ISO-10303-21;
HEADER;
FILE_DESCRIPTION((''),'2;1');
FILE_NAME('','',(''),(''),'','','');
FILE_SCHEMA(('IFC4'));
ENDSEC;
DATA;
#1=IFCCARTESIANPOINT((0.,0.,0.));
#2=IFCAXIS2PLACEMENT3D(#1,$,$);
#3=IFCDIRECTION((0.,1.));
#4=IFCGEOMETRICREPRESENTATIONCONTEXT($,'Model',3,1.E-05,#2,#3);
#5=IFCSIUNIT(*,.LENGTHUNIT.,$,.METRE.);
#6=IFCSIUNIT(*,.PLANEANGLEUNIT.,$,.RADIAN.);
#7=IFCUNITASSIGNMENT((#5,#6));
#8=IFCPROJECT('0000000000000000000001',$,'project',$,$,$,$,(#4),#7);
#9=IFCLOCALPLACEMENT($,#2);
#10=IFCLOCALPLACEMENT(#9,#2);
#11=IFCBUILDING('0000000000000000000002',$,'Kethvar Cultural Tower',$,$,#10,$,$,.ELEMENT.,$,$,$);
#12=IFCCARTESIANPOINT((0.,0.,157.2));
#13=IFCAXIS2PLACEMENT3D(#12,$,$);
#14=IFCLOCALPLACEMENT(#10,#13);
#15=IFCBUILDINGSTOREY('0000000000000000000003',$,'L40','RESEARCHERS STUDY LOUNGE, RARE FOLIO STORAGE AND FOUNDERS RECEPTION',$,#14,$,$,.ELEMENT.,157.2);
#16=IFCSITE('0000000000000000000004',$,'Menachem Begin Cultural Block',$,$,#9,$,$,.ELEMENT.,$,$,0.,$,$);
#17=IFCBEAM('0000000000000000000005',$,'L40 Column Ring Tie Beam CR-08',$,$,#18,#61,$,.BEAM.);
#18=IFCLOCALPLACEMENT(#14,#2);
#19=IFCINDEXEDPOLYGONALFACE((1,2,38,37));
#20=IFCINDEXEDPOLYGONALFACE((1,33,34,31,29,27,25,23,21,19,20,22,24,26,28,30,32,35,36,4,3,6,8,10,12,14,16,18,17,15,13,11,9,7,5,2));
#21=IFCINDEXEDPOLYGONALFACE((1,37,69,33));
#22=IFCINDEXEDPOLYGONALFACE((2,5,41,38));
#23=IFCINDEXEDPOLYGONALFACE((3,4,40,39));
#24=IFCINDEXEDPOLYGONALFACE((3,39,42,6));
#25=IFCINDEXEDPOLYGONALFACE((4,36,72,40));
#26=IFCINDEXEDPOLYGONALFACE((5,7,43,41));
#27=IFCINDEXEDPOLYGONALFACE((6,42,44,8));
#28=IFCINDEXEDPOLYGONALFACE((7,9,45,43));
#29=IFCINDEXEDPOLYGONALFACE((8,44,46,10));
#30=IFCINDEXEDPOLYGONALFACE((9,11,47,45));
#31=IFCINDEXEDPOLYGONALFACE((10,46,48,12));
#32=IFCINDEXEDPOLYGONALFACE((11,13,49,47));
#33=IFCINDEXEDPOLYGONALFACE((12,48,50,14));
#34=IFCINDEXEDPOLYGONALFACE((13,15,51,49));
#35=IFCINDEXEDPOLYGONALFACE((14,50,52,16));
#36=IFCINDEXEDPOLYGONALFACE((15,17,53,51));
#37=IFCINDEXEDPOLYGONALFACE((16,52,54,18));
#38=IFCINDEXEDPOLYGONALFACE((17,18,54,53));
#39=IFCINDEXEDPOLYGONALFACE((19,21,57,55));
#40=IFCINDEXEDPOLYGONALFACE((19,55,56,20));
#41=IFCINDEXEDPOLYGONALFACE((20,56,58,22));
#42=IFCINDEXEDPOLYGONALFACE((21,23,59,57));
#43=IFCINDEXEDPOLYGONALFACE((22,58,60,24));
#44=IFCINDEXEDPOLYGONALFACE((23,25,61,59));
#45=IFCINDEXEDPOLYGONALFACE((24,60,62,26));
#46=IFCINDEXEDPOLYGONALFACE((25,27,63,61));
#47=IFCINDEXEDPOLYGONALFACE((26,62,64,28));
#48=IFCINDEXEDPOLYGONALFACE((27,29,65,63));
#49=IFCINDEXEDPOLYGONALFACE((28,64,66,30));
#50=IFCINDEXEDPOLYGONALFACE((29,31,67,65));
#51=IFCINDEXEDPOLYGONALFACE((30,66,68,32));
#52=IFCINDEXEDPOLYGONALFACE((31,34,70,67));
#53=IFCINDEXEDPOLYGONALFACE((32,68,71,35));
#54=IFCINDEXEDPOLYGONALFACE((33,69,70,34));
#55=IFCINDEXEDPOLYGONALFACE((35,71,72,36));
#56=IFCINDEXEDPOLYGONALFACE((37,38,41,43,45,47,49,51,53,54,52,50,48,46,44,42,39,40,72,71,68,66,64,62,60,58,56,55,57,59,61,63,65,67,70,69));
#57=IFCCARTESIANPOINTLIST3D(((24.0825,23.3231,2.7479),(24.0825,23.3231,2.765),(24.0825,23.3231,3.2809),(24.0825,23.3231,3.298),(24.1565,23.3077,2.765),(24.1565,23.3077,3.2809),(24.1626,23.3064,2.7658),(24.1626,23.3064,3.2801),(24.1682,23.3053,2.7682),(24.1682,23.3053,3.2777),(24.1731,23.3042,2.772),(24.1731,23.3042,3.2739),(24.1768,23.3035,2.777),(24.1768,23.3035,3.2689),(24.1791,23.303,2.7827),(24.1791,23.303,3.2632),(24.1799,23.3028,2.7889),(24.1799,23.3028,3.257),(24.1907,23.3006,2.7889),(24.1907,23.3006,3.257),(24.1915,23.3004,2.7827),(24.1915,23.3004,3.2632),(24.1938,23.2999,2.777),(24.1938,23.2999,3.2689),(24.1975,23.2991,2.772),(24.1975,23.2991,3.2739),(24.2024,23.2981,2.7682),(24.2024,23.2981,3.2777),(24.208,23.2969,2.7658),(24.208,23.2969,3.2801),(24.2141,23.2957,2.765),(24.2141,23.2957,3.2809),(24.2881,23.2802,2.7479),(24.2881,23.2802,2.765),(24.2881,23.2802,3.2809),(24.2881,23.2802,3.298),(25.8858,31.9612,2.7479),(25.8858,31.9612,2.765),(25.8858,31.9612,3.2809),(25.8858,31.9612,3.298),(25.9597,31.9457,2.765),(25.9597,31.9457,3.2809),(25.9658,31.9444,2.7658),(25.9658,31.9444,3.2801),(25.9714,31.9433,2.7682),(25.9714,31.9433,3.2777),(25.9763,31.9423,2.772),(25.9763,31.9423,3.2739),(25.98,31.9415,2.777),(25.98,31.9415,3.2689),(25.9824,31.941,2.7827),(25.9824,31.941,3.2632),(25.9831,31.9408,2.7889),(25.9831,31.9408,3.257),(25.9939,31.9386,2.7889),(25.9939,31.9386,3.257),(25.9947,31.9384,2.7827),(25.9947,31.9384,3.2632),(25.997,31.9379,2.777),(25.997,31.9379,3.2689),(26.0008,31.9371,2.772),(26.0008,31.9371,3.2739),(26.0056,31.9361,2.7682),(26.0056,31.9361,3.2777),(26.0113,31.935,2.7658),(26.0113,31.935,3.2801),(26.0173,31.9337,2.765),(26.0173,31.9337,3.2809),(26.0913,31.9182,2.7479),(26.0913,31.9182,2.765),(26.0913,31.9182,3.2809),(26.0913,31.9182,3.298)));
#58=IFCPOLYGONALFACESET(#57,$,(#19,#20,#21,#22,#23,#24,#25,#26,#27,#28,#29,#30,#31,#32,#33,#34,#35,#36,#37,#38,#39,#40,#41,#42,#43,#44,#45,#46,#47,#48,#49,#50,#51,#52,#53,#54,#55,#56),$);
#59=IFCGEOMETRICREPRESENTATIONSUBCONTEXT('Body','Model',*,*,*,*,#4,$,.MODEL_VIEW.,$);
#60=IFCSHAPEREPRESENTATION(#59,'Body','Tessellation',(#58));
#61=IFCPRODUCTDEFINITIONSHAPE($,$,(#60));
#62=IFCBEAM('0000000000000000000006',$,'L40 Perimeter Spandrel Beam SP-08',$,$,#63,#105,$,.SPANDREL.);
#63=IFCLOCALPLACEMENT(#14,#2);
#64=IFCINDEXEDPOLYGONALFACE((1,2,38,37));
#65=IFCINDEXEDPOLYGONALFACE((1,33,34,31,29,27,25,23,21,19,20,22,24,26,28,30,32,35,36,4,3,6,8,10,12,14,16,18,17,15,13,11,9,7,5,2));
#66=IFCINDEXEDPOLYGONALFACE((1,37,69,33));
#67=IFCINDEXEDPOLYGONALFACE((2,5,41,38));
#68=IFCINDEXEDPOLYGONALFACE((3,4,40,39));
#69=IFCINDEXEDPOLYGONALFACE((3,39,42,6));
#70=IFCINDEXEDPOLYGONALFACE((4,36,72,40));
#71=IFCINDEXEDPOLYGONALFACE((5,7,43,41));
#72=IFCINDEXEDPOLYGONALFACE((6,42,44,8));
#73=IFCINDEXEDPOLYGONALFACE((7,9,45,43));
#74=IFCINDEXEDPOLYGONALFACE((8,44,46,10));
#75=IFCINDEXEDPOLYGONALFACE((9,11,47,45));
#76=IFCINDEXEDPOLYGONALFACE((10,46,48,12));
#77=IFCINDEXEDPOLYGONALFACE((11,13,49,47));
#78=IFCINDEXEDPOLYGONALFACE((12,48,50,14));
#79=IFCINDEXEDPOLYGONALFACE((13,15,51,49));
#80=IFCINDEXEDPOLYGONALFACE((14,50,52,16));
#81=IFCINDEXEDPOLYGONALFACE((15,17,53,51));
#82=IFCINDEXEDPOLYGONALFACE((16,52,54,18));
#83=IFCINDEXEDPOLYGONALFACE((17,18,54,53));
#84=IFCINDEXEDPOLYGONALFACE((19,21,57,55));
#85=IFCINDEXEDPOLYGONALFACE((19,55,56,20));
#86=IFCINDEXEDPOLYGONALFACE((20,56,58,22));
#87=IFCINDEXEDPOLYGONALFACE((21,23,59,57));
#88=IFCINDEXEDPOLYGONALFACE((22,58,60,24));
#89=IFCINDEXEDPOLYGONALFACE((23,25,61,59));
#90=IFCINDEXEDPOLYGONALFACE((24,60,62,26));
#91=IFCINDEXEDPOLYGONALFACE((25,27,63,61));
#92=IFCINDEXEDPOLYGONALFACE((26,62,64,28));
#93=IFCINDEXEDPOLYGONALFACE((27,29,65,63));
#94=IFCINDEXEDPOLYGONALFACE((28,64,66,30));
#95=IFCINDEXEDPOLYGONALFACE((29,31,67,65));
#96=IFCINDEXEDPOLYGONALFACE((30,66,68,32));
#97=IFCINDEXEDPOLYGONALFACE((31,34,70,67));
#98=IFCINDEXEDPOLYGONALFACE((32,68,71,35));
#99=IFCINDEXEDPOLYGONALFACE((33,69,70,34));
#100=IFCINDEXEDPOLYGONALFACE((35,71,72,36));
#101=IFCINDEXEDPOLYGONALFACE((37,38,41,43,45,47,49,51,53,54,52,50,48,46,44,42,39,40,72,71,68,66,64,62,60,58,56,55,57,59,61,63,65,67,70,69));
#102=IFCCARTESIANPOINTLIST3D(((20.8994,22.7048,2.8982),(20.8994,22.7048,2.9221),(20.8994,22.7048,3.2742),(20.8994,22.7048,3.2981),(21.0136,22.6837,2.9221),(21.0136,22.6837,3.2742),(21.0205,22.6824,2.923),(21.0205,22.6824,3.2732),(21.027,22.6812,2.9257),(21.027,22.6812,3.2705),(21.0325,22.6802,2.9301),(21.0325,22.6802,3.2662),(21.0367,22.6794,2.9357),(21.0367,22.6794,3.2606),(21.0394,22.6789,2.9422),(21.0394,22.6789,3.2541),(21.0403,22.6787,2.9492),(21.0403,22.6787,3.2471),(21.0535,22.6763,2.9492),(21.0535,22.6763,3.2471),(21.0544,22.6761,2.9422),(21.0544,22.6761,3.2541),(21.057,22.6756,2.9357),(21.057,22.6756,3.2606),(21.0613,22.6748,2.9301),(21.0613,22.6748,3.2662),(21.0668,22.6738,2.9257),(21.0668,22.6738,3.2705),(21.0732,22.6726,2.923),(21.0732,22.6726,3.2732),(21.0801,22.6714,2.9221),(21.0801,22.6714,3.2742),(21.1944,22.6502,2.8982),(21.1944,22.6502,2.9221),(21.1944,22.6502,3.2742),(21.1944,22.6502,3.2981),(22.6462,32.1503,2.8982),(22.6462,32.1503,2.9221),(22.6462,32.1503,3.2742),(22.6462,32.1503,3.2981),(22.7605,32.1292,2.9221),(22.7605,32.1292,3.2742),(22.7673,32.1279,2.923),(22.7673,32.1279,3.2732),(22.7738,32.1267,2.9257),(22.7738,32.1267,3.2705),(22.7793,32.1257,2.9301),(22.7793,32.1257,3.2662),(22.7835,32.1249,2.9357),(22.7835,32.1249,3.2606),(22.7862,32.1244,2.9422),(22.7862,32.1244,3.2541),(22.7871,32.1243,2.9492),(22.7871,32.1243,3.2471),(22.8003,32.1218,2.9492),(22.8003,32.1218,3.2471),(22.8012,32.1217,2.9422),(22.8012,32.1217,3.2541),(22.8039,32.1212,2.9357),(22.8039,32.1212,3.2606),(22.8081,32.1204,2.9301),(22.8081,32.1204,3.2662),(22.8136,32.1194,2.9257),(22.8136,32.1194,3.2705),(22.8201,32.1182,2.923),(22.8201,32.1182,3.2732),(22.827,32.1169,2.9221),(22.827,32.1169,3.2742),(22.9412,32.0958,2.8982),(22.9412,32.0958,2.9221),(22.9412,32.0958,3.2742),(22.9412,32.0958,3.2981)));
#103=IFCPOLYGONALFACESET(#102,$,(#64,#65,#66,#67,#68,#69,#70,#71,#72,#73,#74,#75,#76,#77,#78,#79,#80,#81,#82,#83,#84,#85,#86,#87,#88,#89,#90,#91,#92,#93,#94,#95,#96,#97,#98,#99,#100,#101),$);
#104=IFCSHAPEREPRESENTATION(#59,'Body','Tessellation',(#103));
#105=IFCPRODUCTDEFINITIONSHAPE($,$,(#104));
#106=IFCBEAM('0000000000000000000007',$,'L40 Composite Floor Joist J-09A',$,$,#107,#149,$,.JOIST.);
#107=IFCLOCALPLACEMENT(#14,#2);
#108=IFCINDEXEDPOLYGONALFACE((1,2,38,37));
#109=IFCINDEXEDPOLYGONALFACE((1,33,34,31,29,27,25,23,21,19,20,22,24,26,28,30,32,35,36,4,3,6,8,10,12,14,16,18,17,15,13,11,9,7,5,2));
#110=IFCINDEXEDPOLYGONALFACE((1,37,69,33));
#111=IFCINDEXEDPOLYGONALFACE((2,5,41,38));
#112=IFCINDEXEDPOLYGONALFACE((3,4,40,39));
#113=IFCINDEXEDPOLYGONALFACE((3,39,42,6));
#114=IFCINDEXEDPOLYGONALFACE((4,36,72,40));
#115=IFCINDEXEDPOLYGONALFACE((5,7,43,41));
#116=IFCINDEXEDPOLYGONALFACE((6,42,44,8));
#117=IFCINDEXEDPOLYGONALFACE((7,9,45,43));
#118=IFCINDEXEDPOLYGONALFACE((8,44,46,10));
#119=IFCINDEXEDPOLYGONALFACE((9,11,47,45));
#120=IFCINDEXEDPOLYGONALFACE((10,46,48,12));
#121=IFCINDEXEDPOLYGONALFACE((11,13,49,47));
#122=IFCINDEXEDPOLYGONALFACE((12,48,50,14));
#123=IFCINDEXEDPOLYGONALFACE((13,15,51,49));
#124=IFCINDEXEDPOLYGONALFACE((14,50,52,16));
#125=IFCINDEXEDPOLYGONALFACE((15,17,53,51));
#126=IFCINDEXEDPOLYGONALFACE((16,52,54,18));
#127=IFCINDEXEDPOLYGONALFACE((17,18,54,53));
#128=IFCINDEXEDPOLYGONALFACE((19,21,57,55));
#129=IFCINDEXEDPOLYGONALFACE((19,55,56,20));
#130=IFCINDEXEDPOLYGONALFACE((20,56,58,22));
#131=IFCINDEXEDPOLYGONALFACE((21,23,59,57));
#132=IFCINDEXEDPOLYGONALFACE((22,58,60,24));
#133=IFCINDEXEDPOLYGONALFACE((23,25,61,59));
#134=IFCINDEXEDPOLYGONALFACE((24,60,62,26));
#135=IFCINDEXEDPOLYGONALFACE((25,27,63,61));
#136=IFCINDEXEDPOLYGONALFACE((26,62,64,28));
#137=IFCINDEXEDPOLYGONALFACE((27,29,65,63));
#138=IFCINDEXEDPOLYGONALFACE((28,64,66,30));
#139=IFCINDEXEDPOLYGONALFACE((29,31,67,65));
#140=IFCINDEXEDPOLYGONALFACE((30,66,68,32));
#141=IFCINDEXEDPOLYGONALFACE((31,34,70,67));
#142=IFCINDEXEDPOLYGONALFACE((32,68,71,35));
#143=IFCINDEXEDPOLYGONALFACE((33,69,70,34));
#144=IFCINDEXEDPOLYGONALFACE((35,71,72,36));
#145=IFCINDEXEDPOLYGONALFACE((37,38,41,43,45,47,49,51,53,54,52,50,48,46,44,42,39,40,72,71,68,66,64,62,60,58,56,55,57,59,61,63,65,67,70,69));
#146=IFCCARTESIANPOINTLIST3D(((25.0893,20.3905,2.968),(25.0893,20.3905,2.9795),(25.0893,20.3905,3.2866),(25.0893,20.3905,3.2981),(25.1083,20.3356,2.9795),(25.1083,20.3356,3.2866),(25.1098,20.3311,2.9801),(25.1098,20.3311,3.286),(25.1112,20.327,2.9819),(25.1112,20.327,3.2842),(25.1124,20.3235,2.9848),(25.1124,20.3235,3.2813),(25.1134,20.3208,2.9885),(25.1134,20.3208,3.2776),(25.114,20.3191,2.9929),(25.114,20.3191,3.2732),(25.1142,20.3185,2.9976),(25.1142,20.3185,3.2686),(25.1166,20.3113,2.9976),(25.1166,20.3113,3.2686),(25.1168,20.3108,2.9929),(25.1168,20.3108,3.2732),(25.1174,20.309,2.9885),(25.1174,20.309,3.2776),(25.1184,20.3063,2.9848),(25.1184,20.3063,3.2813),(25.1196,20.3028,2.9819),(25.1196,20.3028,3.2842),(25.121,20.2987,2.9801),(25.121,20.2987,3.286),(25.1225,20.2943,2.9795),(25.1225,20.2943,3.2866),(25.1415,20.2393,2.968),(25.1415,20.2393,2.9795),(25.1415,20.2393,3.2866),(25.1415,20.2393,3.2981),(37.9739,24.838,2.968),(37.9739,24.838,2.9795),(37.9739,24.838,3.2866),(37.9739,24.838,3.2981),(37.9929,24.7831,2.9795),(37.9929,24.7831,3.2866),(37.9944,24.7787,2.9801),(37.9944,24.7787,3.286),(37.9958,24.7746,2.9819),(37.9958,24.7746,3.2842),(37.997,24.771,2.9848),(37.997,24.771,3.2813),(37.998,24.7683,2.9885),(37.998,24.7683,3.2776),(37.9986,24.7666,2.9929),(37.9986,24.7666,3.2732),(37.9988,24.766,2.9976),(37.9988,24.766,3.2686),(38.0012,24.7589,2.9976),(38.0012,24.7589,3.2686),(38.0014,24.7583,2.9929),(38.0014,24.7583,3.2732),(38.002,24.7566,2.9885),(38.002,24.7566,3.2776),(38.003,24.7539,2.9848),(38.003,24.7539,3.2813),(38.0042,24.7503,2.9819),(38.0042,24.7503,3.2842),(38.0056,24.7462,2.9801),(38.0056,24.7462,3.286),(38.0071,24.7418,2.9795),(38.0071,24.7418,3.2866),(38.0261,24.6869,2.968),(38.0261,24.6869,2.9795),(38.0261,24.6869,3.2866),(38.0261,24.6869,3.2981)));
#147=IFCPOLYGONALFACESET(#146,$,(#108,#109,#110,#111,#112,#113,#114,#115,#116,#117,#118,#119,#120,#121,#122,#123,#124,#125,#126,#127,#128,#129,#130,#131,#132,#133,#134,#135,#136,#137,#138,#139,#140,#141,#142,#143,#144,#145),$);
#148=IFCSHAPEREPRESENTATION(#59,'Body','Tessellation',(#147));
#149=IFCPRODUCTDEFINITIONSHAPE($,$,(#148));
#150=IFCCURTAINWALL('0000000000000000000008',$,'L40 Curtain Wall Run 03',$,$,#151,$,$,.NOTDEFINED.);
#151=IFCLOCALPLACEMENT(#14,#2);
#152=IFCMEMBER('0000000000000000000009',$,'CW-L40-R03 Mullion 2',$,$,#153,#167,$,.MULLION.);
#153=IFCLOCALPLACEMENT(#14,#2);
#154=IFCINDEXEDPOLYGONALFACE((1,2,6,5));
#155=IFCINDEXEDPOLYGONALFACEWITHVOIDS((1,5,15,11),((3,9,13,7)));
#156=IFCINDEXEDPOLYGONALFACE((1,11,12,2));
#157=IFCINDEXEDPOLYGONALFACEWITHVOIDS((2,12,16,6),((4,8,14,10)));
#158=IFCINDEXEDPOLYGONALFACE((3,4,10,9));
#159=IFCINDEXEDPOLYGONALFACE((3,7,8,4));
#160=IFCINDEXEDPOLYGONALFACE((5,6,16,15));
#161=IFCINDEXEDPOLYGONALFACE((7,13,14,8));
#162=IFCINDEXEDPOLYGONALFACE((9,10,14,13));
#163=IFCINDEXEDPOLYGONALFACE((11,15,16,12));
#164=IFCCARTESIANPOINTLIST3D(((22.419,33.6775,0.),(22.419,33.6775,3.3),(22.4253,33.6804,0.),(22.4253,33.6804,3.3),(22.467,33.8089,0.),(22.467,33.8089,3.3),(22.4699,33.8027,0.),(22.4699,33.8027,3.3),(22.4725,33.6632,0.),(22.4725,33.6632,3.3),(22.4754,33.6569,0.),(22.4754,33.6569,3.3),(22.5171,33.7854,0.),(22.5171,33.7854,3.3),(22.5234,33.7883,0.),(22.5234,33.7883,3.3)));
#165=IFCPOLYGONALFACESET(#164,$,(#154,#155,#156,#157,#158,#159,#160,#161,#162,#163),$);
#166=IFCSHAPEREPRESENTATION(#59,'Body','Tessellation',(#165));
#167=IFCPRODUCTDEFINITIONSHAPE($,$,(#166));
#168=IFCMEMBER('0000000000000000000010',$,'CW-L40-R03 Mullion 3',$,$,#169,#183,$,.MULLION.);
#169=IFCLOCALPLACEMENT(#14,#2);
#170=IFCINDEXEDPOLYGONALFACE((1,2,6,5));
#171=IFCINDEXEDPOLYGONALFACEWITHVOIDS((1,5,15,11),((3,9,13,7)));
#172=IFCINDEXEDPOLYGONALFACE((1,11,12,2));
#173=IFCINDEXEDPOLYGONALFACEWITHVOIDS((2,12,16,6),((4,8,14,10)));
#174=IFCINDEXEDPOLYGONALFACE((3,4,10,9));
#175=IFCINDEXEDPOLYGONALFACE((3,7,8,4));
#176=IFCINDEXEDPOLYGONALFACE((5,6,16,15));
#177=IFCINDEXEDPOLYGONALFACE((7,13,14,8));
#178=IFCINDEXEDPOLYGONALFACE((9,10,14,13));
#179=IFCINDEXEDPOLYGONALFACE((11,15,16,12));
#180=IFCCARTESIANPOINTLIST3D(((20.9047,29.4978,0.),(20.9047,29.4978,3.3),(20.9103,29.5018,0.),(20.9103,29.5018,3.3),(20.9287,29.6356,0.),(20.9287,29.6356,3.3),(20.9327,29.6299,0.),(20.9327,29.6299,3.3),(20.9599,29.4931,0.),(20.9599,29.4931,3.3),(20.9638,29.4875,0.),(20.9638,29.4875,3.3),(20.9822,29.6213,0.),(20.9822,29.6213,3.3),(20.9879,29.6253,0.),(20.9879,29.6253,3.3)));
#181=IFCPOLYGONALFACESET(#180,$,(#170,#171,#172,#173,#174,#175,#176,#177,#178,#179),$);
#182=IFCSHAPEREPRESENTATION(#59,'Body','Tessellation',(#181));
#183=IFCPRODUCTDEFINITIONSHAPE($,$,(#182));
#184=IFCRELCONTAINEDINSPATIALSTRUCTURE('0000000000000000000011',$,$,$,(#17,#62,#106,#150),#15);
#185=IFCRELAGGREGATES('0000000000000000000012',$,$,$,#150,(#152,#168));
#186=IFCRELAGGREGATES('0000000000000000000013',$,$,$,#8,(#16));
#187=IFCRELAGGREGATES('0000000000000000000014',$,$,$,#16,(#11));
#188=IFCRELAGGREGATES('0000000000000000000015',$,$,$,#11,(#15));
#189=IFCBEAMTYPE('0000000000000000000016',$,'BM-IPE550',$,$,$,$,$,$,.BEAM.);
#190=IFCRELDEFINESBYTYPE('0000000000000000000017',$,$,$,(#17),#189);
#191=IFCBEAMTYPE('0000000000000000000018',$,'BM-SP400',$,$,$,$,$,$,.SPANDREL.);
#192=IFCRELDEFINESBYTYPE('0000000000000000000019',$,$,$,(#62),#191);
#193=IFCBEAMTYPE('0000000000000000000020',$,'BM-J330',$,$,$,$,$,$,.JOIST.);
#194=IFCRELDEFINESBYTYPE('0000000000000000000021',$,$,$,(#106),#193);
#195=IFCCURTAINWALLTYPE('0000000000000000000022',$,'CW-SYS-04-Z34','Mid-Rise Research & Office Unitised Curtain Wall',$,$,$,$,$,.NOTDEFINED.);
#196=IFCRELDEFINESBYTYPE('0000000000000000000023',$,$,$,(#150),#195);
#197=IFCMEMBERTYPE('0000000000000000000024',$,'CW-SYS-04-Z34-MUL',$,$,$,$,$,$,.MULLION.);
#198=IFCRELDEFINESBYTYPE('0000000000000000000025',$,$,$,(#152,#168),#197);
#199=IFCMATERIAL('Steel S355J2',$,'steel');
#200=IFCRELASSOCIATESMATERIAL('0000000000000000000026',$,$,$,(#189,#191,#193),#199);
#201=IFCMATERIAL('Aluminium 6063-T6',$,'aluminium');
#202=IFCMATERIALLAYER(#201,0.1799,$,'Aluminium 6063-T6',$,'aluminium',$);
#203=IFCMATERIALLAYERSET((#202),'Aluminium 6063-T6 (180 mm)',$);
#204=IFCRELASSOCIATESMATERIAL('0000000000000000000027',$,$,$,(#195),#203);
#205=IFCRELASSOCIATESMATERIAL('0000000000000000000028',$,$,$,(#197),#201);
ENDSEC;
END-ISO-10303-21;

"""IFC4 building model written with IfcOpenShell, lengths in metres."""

from ifc_helpers import new_model, si_unit, direction, frame, origin, origin_2d, place, context, subcontext, project, spatial, hollow_rectangle, i_section, extrude, source, transform, mapped, material, layer, layer_set, material_profile, profile_set, type_object, element, aggregate, save


model = new_model("IFC4")

# Units and contexts
model_context = context("Model", 3, precision=1e-05, world=origin(), true_north=direction((0.0, 1.0)))
body_context = subcontext(model_context, "Body", "Model", "MODEL_VIEW")
ifc_project = project(units=[si_unit("LENGTHUNIT", "METRE"), si_unit("PLANEANGLEUNIT", "RADIAN")], contexts=[model_context])

# Site, building, storey
site_placement = place(None, origin())
site = spatial("IfcSite", under=ifc_project, at=site_placement, Name="Menachem Begin Cultural Block", CompositionType="ELEMENT", RefElevation=0.0)
building_placement = place(site_placement, origin())
building = spatial("IfcBuilding", under=site, at=building_placement, Name="Kethvar Cultural Tower", CompositionType="ELEMENT")
storey_placement = place(building_placement, frame((0.0, 0.0, 157.2)))
storey = spatial("IfcBuildingStorey", under=building, at=storey_placement, Name="L40", Description="RESEARCHERS STUDY LOUNGE, RARE FOLIO STORAGE AND FOUNDERS RECEPTION", CompositionType="ELEMENT", Elevation=157.2)

# Beams
ifc_material_1 = material(Name="Steel S355J2", Category="steel")
ifc_material_profile_1 = material_profile(ifc_material_1, i_section(OverallWidth=0.21, OverallDepth=0.55, WebThickness=0.011, FlangeThickness=0.0171, FilletRadius=0.0239, at=origin_2d()), Name="Steel S355J2 — IPE550")
ifc_profile_set_1 = profile_set([ifc_material_profile_1], Name="Steel S355J2 — IPE550")
beam_type_1 = type_object("IfcBeamType", Name="BM-IPE550", PredefinedType="BEAM", material=ifc_profile_set_1)
shared_shape_1 = source(origin(), body_context, "Body", "SweptSolid", [
    extrude(i_section(OverallWidth=0.21, OverallDepth=0.55, WebThickness=0.011, FlangeThickness=0.0171, FilletRadius=0.0239, at=origin_2d()), origin(), (0.0, 0.0, 1.0), 8.8242),
])
beam_1_placement = place(storey_placement, frame((25.9885, 31.9397, 3.0229), z_axis=(-0.204351, -0.978898, 0.0), x_axis=(0.978898, -0.204351, 0.0)))
element("IfcBeam", 1, at=beam_1_placement, inside=storey, type_object=beam_type_1, Name="L40 Column Ring Tie Beam CR-08", PredefinedType="BEAM", context=body_context, shape_type="MappedRepresentation", body=[
    mapped(shared_shape_1, transform((0.0, 0.0, 0.0), scale=1.0)),
])
ifc_material_profile_2 = material_profile(ifc_material_1, i_section(OverallWidth=0.3, OverallDepth=0.3999, WebThickness=0.0134, FlangeThickness=0.0239, FilletRadius=0.0271, at=origin_2d()), Name="Steel S355J2 — HEB400")
ifc_profile_set_2 = profile_set([ifc_material_profile_2], Name="Steel S355J2 — HEB400")
beam_type_2 = type_object("IfcBeamType", Name="BM-SP400", PredefinedType="SPANDREL", material=ifc_profile_set_2)
shared_shape_2 = source(origin(), body_context, "Body", "SweptSolid", [
    extrude(i_section(OverallWidth=0.3, OverallDepth=0.3999, WebThickness=0.0134, FlangeThickness=0.0239, FilletRadius=0.0271, at=origin_2d()), origin(), (0.0, 0.0, 1.0), 9.6057),
])
beam_2_placement = place(storey_placement, frame((22.7937, 32.123, 3.0981), z_axis=(-0.181853, -0.983326, 0.0), x_axis=(0.983326, -0.181853, 0.0)))
element("IfcBeam", 2, at=beam_2_placement, inside=storey, type_object=beam_type_2, Name="L40 Perimeter Spandrel Beam SP-08", PredefinedType="SPANDREL", context=body_context, shape_type="MappedRepresentation", body=[
    mapped(shared_shape_2, transform((0.0, 0.0, 0.0), scale=1.0)),
])
ifc_material_profile_3 = material_profile(ifc_material_1, i_section(OverallWidth=0.1599, OverallDepth=0.3301, WebThickness=0.0076, FlangeThickness=0.0115, FilletRadius=0.0181, at=origin_2d()), Name="Steel S355J2 — IPE330")
ifc_profile_set_3 = profile_set([ifc_material_profile_3], Name="Steel S355J2 — IPE330")
beam_type_3 = type_object("IfcBeamType", Name="BM-J330", PredefinedType="JOIST", material=ifc_profile_set_3)
shared_shape_3 = source(origin(), body_context, "Body", "SweptSolid", [
    extrude(i_section(OverallWidth=0.1599, OverallDepth=0.3301, WebThickness=0.0076, FlangeThickness=0.0115, FilletRadius=0.0181, at=origin_2d()), origin(), (0.0, 0.0, 1.0), 13.6306),
])
beam_3_placement = place(storey_placement, frame((38.0, 24.7625, 3.1331), z_axis=(-0.94527, -0.32629, 0.0), x_axis=(0.32629, -0.94527, 0.0)))
element("IfcBeam", 3, at=beam_3_placement, inside=storey, type_object=beam_type_3, Name="L40 Composite Floor Joist J-09A", PredefinedType="JOIST", context=body_context, shape_type="MappedRepresentation", body=[
    mapped(shared_shape_3, transform((0.0, 0.0, 0.0), scale=1.0)),
])

# Curtain wall, members
ifc_material_2 = material(Name="Aluminium 6063-T6", Category="aluminium")
ifc_layer_1 = layer(ifc_material_2, 0.1799, Name="Aluminium 6063-T6", Category="aluminium")
ifc_layer_set_1 = layer_set([ifc_layer_1], Name="Aluminium 6063-T6 (180 mm)")
curtain_wall_type = type_object("IfcCurtainWallType", Name="CW-SYS-04-Z34", Description="Mid-Rise Research & Office Unitised Curtain Wall", PredefinedType="NOTDEFINED", material=ifc_layer_set_1)
curtain_wall_placement = place(storey_placement, origin())
curtain_wall = element("IfcCurtainWall", 4, at=curtain_wall_placement, inside=storey, type_object=curtain_wall_type, Name="L40 Curtain Wall Run 03", PredefinedType="NOTDEFINED")
ifc_material_profile_4 = material_profile(ifc_material_2, hollow_rectangle(XDim=0.0601, YDim=0.1399, WallThickness=0.0049, at=origin_2d()), Name="Aluminium 6063-T6 — RHS140x60x5")
ifc_profile_set_4 = profile_set([ifc_material_profile_4], Name="Aluminium 6063-T6 — RHS140x60x5")
member_type_1 = type_object("IfcMemberType", Name="CW-SYS-04-Z34-MUL", PredefinedType="MULLION", material=ifc_profile_set_4)
shared_shape_4 = source(origin(), body_context, "Body", "SweptSolid", [
    extrude(hollow_rectangle(XDim=0.0601, YDim=0.1399, WallThickness=0.0049, at=origin_2d()), origin(), (0.0, 0.0, 1.0), 3.3),
])
member_1_placement = place(storey_placement, frame((22.4712, 33.7329, 0.0), z_axis=(0.0, 0.0, 1.0), x_axis=(0.939358, -0.342938, 0.0)))
member_1 = element("IfcMember", 5, at=member_1_placement, type_object=member_type_1, Name="CW-L40-R03 Mullion 2", PredefinedType="MULLION", context=body_context, shape_type="MappedRepresentation", body=[
    mapped(shared_shape_4, transform((0.0, 0.0, 0.0), scale=1.0)),
])
member_2_placement = place(storey_placement, frame((20.9463, 29.5615, 0.0), z_axis=(0.0, 0.0, 1.0), x_axis=(0.985103, -0.171963, 0.0)))
member_2 = element("IfcMember", 6, at=member_2_placement, type_object=member_type_1, Name="CW-L40-R03 Mullion 3", PredefinedType="MULLION", context=body_context, shape_type="MappedRepresentation", body=[
    mapped(shared_shape_4, transform((0.0, 0.0, 0.0), scale=1.0)),
])
aggregate(curtain_wall, [member_1, member_2])

save(model, "model.ifc")
